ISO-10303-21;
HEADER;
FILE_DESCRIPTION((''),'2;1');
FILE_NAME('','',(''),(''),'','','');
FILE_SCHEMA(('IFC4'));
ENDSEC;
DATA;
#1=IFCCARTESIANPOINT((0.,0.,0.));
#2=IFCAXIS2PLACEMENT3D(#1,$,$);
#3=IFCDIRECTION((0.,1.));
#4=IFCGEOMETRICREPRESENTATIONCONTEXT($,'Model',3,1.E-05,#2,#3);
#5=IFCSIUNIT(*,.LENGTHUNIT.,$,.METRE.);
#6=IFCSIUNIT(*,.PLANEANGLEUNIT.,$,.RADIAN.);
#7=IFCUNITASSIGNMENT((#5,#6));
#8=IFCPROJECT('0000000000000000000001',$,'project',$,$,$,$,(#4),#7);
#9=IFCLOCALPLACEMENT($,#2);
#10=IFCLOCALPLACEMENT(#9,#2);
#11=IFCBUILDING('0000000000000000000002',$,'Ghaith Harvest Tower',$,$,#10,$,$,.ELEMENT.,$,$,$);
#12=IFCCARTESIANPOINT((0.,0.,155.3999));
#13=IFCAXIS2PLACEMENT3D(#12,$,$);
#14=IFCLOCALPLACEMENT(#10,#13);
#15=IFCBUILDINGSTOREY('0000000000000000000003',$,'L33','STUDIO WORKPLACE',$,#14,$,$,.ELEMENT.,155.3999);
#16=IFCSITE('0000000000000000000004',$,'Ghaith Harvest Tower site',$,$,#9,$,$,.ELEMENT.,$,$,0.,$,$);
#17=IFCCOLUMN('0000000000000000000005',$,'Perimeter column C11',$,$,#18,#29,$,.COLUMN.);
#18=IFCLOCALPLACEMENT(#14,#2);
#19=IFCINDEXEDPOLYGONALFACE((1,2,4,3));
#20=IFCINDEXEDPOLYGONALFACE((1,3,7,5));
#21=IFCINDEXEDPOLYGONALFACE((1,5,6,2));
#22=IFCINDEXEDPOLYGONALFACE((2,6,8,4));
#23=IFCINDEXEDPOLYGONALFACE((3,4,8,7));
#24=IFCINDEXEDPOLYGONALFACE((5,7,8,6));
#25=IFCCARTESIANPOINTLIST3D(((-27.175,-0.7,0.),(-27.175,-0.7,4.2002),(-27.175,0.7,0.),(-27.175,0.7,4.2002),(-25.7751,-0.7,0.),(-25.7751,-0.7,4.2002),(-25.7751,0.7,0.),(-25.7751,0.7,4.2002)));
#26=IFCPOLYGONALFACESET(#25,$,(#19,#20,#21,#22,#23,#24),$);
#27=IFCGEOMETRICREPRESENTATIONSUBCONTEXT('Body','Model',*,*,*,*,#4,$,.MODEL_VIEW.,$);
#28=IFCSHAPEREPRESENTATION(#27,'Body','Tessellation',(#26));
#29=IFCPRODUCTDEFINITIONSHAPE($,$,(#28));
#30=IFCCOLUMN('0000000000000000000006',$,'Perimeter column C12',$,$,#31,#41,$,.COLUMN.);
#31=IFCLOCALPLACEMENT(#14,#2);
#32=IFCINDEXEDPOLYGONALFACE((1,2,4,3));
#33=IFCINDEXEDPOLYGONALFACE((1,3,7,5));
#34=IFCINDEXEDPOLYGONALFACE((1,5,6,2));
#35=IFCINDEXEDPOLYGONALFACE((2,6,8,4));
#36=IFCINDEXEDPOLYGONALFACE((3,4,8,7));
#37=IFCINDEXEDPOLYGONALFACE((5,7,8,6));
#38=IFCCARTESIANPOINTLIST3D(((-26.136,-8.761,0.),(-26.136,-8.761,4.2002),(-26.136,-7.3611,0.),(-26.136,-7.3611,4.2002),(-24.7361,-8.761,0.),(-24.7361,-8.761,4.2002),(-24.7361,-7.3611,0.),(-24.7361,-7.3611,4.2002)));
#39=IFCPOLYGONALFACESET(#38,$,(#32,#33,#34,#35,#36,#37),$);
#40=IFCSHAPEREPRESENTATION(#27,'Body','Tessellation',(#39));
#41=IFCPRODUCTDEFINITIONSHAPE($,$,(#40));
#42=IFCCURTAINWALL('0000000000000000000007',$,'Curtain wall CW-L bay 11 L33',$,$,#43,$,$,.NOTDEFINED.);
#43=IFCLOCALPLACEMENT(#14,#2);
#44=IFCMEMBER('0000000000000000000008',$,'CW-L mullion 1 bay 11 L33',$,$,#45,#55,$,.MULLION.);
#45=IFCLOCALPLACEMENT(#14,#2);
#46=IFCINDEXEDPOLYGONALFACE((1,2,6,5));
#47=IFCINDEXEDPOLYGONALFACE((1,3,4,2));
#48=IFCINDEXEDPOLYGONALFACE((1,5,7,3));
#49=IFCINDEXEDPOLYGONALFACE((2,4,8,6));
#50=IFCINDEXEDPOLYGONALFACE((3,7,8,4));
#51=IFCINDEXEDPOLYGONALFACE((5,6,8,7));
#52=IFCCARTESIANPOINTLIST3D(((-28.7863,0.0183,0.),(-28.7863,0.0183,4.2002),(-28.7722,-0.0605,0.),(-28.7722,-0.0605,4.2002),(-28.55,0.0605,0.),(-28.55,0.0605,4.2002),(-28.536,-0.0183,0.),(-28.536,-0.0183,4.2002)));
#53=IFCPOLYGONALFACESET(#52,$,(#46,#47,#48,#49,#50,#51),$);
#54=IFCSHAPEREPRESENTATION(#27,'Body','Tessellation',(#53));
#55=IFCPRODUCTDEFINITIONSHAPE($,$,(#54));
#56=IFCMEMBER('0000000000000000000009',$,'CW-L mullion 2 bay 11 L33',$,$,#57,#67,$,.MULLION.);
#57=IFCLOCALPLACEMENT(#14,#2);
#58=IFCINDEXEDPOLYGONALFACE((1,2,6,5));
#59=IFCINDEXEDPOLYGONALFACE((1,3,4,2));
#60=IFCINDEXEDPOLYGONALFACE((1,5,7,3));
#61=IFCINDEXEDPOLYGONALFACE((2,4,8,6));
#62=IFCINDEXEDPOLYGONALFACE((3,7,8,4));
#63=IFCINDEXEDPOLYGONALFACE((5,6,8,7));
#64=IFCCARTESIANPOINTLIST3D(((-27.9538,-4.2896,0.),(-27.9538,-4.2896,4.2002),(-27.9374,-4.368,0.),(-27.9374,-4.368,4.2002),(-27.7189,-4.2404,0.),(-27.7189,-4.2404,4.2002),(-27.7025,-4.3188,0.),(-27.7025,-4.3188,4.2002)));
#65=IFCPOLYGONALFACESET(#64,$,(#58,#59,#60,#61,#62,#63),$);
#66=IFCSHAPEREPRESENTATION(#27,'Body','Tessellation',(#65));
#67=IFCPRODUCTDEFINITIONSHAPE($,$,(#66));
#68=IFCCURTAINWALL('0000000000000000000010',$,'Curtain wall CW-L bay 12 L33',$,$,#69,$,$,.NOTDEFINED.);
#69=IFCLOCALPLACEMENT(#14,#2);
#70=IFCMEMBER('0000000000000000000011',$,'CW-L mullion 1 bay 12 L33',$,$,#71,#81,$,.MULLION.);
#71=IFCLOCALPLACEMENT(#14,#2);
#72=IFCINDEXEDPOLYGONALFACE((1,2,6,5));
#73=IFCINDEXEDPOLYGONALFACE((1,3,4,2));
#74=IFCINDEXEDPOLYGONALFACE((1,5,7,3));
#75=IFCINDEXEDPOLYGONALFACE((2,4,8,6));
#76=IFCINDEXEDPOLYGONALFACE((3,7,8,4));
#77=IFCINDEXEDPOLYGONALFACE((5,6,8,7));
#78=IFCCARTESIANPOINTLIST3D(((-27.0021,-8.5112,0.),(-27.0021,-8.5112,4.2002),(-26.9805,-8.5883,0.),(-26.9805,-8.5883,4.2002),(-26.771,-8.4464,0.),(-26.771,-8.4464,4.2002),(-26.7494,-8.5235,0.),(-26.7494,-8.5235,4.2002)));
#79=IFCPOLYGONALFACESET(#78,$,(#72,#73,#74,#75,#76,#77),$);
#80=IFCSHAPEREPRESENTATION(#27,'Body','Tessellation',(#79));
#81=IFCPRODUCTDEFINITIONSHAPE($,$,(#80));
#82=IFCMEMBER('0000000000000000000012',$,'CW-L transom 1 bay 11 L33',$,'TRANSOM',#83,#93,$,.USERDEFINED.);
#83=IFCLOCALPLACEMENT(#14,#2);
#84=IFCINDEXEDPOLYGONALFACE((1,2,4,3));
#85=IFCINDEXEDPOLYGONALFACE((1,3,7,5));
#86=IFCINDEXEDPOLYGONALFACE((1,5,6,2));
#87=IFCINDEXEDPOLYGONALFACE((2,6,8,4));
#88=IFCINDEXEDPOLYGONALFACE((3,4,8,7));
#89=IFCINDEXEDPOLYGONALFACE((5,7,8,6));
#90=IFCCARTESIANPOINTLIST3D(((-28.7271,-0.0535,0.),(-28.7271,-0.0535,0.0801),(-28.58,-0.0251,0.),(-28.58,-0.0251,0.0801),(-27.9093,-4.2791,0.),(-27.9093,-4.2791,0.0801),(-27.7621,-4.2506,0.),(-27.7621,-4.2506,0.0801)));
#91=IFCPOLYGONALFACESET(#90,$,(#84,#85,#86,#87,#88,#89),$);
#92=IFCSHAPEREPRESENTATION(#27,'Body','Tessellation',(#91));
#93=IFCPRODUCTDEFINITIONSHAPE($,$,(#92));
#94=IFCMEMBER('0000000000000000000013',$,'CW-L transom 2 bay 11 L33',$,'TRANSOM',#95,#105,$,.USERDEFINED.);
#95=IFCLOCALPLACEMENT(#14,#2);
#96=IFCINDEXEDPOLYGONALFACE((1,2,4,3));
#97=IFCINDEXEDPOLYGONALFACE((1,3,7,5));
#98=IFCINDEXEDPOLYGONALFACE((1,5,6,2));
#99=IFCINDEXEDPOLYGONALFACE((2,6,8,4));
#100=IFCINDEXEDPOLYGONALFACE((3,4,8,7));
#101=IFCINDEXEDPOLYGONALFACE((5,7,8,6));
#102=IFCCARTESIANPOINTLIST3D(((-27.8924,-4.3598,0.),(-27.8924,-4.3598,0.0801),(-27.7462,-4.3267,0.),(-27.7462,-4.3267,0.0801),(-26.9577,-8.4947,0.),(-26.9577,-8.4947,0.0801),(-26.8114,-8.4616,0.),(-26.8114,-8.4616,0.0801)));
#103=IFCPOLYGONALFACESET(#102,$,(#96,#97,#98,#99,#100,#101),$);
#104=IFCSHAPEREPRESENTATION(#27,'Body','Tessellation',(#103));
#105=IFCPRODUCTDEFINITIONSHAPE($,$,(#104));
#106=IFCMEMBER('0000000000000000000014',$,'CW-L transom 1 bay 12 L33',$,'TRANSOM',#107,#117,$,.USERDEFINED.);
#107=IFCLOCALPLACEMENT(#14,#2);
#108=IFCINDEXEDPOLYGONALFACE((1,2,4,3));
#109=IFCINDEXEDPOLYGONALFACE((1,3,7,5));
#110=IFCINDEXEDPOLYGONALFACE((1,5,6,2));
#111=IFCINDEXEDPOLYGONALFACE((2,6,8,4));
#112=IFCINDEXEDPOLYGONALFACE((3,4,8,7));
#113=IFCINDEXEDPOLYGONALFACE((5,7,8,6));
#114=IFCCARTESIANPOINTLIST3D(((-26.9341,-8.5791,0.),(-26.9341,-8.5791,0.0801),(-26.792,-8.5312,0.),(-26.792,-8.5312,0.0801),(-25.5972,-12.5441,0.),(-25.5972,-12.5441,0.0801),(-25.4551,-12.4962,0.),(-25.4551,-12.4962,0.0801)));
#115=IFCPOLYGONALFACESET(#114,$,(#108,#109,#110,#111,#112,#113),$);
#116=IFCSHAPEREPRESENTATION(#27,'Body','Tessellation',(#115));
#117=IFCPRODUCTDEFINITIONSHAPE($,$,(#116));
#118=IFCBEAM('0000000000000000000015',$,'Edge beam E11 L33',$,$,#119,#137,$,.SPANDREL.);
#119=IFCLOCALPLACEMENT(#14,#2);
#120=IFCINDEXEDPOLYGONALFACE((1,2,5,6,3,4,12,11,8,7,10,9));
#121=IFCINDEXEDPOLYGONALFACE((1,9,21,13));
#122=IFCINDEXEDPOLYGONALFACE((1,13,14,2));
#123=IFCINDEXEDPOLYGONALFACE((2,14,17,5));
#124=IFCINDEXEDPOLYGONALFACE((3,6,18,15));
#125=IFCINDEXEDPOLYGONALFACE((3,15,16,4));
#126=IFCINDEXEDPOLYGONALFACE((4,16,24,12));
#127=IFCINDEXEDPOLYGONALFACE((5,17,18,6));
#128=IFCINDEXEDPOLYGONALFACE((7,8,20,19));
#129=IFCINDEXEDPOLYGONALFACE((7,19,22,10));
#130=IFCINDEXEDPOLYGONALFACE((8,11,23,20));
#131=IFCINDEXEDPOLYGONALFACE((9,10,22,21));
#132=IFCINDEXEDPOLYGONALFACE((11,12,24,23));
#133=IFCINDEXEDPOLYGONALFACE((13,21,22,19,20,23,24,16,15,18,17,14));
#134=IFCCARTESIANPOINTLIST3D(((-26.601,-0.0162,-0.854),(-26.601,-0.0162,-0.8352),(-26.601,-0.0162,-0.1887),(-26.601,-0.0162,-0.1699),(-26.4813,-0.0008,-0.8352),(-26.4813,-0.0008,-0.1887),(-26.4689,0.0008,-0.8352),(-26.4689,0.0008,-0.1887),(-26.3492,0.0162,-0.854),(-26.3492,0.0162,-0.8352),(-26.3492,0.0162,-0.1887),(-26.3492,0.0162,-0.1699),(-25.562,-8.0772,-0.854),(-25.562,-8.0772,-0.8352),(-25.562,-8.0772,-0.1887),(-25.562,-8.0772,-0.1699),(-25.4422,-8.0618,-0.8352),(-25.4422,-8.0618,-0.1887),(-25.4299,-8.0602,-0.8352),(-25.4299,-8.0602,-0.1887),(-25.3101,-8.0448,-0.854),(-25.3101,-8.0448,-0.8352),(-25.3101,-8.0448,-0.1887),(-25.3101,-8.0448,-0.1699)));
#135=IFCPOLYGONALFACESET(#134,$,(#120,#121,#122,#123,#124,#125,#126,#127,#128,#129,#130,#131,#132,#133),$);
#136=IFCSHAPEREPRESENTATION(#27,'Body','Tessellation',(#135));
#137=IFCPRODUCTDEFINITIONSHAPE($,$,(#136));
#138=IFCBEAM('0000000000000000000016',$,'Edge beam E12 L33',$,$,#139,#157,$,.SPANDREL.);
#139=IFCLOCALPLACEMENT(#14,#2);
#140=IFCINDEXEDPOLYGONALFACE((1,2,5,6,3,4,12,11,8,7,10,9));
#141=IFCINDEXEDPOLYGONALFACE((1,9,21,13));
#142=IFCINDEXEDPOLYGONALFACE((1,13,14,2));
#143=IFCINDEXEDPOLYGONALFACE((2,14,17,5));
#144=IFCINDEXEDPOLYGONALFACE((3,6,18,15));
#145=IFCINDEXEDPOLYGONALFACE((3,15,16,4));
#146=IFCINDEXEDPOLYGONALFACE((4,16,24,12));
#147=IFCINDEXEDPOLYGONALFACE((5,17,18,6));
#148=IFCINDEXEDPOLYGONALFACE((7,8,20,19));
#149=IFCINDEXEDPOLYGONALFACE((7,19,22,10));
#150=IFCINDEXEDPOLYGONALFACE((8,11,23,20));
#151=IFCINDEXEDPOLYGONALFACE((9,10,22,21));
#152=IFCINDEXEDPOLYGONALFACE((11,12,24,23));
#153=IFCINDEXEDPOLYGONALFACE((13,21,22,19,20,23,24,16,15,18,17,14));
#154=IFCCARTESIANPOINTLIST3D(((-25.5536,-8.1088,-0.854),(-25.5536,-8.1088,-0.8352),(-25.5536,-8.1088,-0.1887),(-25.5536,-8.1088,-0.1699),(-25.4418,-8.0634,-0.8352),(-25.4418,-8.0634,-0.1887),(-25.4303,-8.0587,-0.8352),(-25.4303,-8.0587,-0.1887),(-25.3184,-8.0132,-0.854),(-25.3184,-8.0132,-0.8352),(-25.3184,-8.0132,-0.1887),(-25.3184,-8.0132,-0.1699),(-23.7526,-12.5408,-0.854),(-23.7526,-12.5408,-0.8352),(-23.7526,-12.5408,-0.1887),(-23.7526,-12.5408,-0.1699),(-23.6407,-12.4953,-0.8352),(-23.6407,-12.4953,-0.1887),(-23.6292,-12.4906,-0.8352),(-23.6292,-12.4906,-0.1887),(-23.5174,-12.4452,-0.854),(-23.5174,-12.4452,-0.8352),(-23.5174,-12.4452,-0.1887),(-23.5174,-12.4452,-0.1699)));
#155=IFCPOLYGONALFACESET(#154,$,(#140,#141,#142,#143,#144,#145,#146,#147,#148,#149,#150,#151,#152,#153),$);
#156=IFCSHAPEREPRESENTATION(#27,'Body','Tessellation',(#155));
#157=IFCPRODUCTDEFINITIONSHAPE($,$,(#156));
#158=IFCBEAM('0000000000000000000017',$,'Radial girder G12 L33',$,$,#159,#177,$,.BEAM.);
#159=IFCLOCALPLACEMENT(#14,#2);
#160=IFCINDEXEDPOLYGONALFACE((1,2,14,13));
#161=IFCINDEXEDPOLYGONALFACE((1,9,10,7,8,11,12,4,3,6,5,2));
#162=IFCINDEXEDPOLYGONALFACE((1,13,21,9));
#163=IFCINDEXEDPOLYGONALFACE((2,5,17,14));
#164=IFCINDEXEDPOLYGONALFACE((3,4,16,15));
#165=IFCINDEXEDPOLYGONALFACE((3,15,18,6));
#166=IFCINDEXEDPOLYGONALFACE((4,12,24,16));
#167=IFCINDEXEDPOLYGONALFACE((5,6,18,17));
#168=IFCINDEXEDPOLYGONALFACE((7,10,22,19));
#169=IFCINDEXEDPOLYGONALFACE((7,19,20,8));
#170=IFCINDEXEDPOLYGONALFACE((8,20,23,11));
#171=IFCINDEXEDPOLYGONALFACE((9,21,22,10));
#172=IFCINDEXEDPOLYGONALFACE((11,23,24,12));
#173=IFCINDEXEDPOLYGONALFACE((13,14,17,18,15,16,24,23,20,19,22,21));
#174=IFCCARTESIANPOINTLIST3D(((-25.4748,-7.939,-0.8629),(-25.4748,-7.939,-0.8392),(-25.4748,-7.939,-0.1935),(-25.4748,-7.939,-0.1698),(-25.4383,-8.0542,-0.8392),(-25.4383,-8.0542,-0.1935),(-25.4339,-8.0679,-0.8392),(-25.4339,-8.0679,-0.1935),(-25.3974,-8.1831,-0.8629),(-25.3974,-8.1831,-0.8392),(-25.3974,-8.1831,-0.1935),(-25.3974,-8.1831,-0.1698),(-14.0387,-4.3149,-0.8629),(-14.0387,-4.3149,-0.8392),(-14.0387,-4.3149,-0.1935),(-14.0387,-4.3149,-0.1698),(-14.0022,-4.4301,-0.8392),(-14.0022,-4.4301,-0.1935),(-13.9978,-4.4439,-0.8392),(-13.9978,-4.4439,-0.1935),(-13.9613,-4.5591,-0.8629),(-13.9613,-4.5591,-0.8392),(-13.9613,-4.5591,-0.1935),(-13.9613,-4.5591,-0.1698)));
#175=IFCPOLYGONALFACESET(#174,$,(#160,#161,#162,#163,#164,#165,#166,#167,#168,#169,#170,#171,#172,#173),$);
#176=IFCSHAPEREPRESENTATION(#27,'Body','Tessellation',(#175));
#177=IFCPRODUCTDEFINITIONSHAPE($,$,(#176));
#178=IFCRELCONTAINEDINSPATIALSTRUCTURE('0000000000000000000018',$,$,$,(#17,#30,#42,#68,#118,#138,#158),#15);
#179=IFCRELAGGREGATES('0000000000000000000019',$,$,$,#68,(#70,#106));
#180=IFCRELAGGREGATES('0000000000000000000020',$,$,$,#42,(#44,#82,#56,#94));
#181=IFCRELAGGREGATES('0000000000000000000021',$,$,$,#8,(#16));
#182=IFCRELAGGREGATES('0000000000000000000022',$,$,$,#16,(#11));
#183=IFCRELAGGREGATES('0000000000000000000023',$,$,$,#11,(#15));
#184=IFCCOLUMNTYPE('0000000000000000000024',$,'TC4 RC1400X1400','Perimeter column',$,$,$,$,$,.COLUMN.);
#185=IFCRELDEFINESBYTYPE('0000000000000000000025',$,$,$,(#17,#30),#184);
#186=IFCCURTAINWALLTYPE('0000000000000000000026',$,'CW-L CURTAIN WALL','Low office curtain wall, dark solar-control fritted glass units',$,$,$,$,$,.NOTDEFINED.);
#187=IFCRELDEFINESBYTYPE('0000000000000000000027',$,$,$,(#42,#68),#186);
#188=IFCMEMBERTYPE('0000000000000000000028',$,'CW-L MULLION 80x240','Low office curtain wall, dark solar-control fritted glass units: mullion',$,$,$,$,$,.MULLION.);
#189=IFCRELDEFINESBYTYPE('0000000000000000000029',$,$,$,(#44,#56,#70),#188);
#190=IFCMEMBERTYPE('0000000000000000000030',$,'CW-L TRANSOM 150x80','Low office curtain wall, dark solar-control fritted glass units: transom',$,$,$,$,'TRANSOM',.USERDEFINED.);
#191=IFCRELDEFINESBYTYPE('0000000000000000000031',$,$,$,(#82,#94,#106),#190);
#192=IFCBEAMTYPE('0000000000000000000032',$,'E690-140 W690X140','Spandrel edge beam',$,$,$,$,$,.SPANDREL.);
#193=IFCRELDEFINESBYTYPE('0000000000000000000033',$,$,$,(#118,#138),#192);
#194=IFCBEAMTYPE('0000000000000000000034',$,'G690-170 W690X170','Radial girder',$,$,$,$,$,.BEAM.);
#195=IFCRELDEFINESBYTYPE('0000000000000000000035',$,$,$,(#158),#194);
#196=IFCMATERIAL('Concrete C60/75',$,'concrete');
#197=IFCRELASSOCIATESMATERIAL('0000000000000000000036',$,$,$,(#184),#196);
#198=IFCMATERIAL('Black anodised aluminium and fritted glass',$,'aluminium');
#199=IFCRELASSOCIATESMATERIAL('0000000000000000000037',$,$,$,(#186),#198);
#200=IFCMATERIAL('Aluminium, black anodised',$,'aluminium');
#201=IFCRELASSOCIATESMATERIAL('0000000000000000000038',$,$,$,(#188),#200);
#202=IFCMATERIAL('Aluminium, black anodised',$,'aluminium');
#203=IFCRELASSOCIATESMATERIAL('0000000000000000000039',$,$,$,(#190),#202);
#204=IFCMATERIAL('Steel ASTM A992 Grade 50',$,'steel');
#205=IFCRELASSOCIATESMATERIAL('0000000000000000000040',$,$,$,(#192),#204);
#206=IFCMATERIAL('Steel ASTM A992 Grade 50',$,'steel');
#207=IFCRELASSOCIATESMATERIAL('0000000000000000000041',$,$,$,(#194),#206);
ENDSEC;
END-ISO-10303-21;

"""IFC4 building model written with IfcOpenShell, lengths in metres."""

from ifc_helpers import new_model, si_unit, direction, frame, origin, origin_2d, place, context, subcontext, project, spatial, rectangle, i_section, extrude, material, material_profile, profile_set, type_object, element, aggregate, save


model = new_model("IFC4")

# Units and contexts
model_context = context("Model", 3, precision=1e-05, world=origin(), true_north=direction((0.0, 1.0)))
body_context = subcontext(model_context, "Body", "Model", "MODEL_VIEW")
ifc_project = project(units=[si_unit("LENGTHUNIT", "METRE"), si_unit("PLANEANGLEUNIT", "RADIAN")], contexts=[model_context])

# Site, building, storey
site_placement = place(None, origin())
site = spatial("IfcSite", under=ifc_project, at=site_placement, Name="Ghaith Harvest Tower site", CompositionType="ELEMENT", RefElevation=0.0)
building_placement = place(site_placement, origin())
building = spatial("IfcBuilding", under=site, at=building_placement, Name="Ghaith Harvest Tower", CompositionType="ELEMENT")
storey_placement = place(building_placement, frame((0.0, 0.0, 155.3999)))
storey = spatial("IfcBuildingStorey", under=building, at=storey_placement, Name="L33", Description="STUDIO WORKPLACE", CompositionType="ELEMENT", Elevation=155.3999)

# Columns
ifc_material_1 = material(Name="Concrete C60/75", Category="concrete")
ifc_material_profile_1 = material_profile(ifc_material_1, rectangle(XDim=1.3999, YDim=1.3999, at=origin_2d()), Name="RC1400X1400")
ifc_profile_set_1 = profile_set([ifc_material_profile_1], Name="Concrete C60/75")
column_type = type_object("IfcColumnType", Name="TC4 RC1400X1400", Description="Perimeter column", PredefinedType="COLUMN", material=ifc_profile_set_1)
for number, where, z_axis, x_axis, name in (
    (1, (-26.4751, 0.0, 0.0), (0.0, 0.0, 1.0), (1.0, 0.0, 0.0), "Perimeter column C11"),
    (2, (-25.436, -8.061, 0.0), (0.0, 0.0, 1.0), (1.0, 0.0, 0.0), "Perimeter column C12"),
):
    element("IfcColumn", number, at=place(storey_placement, frame(where, z_axis=z_axis, x_axis=x_axis)), inside=storey, type_object=column_type, Name=name, PredefinedType="COLUMN", context=body_context, shape_type="SweptSolid", body=[
        extrude(rectangle(XDim=1.3999, YDim=1.3999, at=origin_2d()), origin(), (0.0, 0.0, 1.0), 4.2002),
    ])

# Curtain wall, members
ifc_material_2 = material(Name="Black anodised aluminium and fritted glass", Category="aluminium")
curtain_wall_type = type_object("IfcCurtainWallType", Name="CW-L CURTAIN WALL", Description="Low office curtain wall, dark solar-control fritted glass units", PredefinedType="NOTDEFINED", material=ifc_material_2)
curtain_wall_1_placement = place(storey_placement, origin())
curtain_wall_1 = element("IfcCurtainWall", 3, at=curtain_wall_1_placement, inside=storey, type_object=curtain_wall_type, Name="Curtain wall CW-L bay 11 L33", PredefinedType="NOTDEFINED")
ifc_material_3 = material(Name="Aluminium, black anodised", Category="aluminium")
ifc_material_profile_2 = material_profile(ifc_material_3, rectangle(XDim=0.0801, YDim=0.24, at=origin_2d()), Name="CW-L MULLION 80x240")
ifc_profile_set_2 = profile_set([ifc_material_profile_2], Name="Aluminium, black anodised")
member_type_1 = type_object("IfcMemberType", Name="CW-L MULLION 80x240", Description="Low office curtain wall, dark solar-control fritted glass units: mullion", PredefinedType="MULLION", material=ifc_profile_set_2)
member_1_placement = place(storey_placement, frame((-28.6611, 0.0, 0.0), z_axis=(0.0, 0.0, 1.0), x_axis=(0.175827, -0.984421, 0.0)))
member_1 = element("IfcMember", 4, at=member_1_placement, type_object=member_type_1, Name="CW-L mullion 1 bay 11 L33", PredefinedType="MULLION", context=body_context, shape_type="SweptSolid", body=[
    extrude(rectangle(XDim=0.0801, YDim=0.24, at=origin_2d()), origin(), (0.0, 0.0, 1.0), 4.2002),
])
member_2_placement = place(storey_placement, frame((-27.8281, -4.3042, 0.0), z_axis=(0.0, 0.0, 1.0), x_axis=(0.205176, -0.978725, 0.0)))
member_2 = element("IfcMember", 5, at=member_2_placement, type_object=member_type_1, Name="CW-L mullion 2 bay 11 L33", PredefinedType="MULLION", context=body_context, shape_type="SweptSolid", body=[
    extrude(rectangle(XDim=0.0801, YDim=0.24, at=origin_2d()), origin(), (0.0, 0.0, 1.0), 4.2002),
])

# Curtain wall, member
curtain_wall_2_placement = place(storey_placement, origin())
curtain_wall_2 = element("IfcCurtainWall", 6, at=curtain_wall_2_placement, inside=storey, type_object=curtain_wall_type, Name="Curtain wall CW-L bay 12 L33", PredefinedType="NOTDEFINED")
member_3_placement = place(storey_placement, frame((-26.8757, -8.5173, 0.0), z_axis=(0.0, 0.0, 1.0), x_axis=(0.270019, -0.962855, 0.0)))
member_3 = element("IfcMember", 7, at=member_3_placement, type_object=member_type_1, Name="CW-L mullion 1 bay 12 L33", PredefinedType="MULLION", context=body_context, shape_type="SweptSolid", body=[
    extrude(rectangle(XDim=0.0801, YDim=0.24, at=origin_2d()), origin(), (0.0, 0.0, 1.0), 4.2002),
])

# Members
ifc_material_4 = material(Name="Aluminium, black anodised", Category="aluminium")
ifc_material_profile_3 = material_profile(ifc_material_4, rectangle(XDim=0.1499, YDim=0.0801, at=origin_2d()), Name="CW-L TRANSOM 150x80")
ifc_profile_set_3 = profile_set([ifc_material_profile_3], Name="Aluminium, black anodised")
member_type_2 = type_object("IfcMemberType", Name="CW-L TRANSOM 150x80", Description="Low office curtain wall, dark solar-control fritted glass units: transom", ElementType="TRANSOM", PredefinedType="USERDEFINED", material=ifc_profile_set_3)
member_4_placement = place(storey_placement, frame((-28.6536, -0.0393, 0.04), z_axis=(0.190025, -0.981779, 0.0), x_axis=(0.981779, 0.190025, 0.0)))
member_4 = element("IfcMember", 8, at=member_4_placement, type_object=member_type_2, Name="CW-L transom 1 bay 11 L33", ObjectType="TRANSOM", PredefinedType="USERDEFINED", context=body_context, shape_type="SweptSolid", body=[
    extrude(rectangle(XDim=0.1499, YDim=0.0801, at=origin_2d()), origin(), (0.0, 0.0, 1.0), 4.304),
])
member_5_placement = place(storey_placement, frame((-27.8193, -4.3433, 0.04), z_axis=(0.220508, -0.975385, 0.0), x_axis=(0.975385, 0.220508, 0.0)))
member_5 = element("IfcMember", 9, at=member_5_placement, type_object=member_type_2, Name="CW-L transom 2 bay 11 L33", ObjectType="TRANSOM", PredefinedType="USERDEFINED", context=body_context, shape_type="SweptSolid", body=[
    extrude(rectangle(XDim=0.1499, YDim=0.0801, at=origin_2d()), origin(), (0.0, 0.0, 1.0), 4.2393),
])
member_6_placement = place(storey_placement, frame((-26.863, -8.5552, 0.04), z_axis=(0.319499, -0.947587, 0.0), x_axis=(0.947587, 0.319499, 0.0)))
member_6 = element("IfcMember", 10, at=member_6_placement, type_object=member_type_2, Name="CW-L transom 1 bay 12 L33", ObjectType="TRANSOM", PredefinedType="USERDEFINED", context=body_context, shape_type="SweptSolid", body=[
    extrude(rectangle(XDim=0.1499, YDim=0.0801, at=origin_2d()), origin(), (0.0, 0.0, 1.0), 4.1843),
])
aggregate(curtain_wall_2, [member_3, member_6])

# Beams
ifc_material_5 = material(Name="Steel ASTM A992 Grade 50", Category="steel")
ifc_material_profile_4 = material_profile(ifc_material_5, i_section(OverallWidth=0.2539, OverallDepth=0.6841, WebThickness=0.0125, FlangeThickness=0.0188, at=origin_2d()), Name="W690X140")
ifc_profile_set_4 = profile_set([ifc_material_profile_4], Name="Steel ASTM A992 Grade 50")
beam_type_1 = type_object("IfcBeamType", Name="E690-140 W690X140", Description="Spandrel edge beam", PredefinedType="SPANDREL", material=ifc_profile_set_4)
beam_1_placement = place(storey_placement, frame((-26.4751, 0.0, -0.512), z_axis=(0.127842, -0.991795, 0.0), x_axis=(0.991795, 0.127842, 0.0)))
element("IfcBeam", 11, at=beam_1_placement, inside=storey, type_object=beam_type_1, Name="Edge beam E11 L33", PredefinedType="SPANDREL", context=body_context, shape_type="SweptSolid", body=[
    extrude(i_section(OverallWidth=0.2539, OverallDepth=0.6841, WebThickness=0.0125, FlangeThickness=0.0188, at=origin_2d()), origin(), (0.0, 0.0, 1.0), 8.1277),
])
beam_2_placement = place(storey_placement, frame((-25.436, -8.061, -0.512), z_axis=(0.37648, -0.926425, 0.0), x_axis=(0.926425, 0.37648, 0.0)))
element("IfcBeam", 12, at=beam_2_placement, inside=storey, type_object=beam_type_1, Name="Edge beam E12 L33", PredefinedType="SPANDREL", context=body_context, shape_type="SweptSolid", body=[
    extrude(i_section(OverallWidth=0.2539, OverallDepth=0.6841, WebThickness=0.0125, FlangeThickness=0.0188, at=origin_2d()), origin(), (0.0, 0.0, 1.0), 4.7839),
])
ifc_material_6 = material(Name="Steel ASTM A992 Grade 50", Category="steel")
ifc_material_profile_5 = material_profile(ifc_material_6, i_section(OverallWidth=0.2561, OverallDepth=0.6931, WebThickness=0.0144, FlangeThickness=0.0237, at=origin_2d()), Name="W690X170")
ifc_profile_set_5 = profile_set([ifc_material_profile_5], Name="Steel ASTM A992 Grade 50")
beam_type_2 = type_object("IfcBeamType", Name="G690-170 W690X170", Description="Radial girder", PredefinedType="BEAM", material=ifc_profile_set_5)
beam_3_placement = place(storey_placement, frame((-14.0, -4.437, -0.5164), z_axis=(-0.95328, -0.30209, 0.0), x_axis=(0.30209, -0.95328, 0.0)))
element("IfcBeam", 13, at=beam_3_placement, inside=storey, type_object=beam_type_2, Name="Radial girder G12 L33", PredefinedType="BEAM", context=body_context, shape_type="SweptSolid", body=[
    extrude(i_section(OverallWidth=0.2561, OverallDepth=0.6931, WebThickness=0.0144, FlangeThickness=0.0237, at=origin_2d()), origin(), (0.0, 0.0, 1.0), 11.9966),
])

aggregate(curtain_wall_1, [member_1, member_4, member_2, member_5])

save(model, "model.ifc")
